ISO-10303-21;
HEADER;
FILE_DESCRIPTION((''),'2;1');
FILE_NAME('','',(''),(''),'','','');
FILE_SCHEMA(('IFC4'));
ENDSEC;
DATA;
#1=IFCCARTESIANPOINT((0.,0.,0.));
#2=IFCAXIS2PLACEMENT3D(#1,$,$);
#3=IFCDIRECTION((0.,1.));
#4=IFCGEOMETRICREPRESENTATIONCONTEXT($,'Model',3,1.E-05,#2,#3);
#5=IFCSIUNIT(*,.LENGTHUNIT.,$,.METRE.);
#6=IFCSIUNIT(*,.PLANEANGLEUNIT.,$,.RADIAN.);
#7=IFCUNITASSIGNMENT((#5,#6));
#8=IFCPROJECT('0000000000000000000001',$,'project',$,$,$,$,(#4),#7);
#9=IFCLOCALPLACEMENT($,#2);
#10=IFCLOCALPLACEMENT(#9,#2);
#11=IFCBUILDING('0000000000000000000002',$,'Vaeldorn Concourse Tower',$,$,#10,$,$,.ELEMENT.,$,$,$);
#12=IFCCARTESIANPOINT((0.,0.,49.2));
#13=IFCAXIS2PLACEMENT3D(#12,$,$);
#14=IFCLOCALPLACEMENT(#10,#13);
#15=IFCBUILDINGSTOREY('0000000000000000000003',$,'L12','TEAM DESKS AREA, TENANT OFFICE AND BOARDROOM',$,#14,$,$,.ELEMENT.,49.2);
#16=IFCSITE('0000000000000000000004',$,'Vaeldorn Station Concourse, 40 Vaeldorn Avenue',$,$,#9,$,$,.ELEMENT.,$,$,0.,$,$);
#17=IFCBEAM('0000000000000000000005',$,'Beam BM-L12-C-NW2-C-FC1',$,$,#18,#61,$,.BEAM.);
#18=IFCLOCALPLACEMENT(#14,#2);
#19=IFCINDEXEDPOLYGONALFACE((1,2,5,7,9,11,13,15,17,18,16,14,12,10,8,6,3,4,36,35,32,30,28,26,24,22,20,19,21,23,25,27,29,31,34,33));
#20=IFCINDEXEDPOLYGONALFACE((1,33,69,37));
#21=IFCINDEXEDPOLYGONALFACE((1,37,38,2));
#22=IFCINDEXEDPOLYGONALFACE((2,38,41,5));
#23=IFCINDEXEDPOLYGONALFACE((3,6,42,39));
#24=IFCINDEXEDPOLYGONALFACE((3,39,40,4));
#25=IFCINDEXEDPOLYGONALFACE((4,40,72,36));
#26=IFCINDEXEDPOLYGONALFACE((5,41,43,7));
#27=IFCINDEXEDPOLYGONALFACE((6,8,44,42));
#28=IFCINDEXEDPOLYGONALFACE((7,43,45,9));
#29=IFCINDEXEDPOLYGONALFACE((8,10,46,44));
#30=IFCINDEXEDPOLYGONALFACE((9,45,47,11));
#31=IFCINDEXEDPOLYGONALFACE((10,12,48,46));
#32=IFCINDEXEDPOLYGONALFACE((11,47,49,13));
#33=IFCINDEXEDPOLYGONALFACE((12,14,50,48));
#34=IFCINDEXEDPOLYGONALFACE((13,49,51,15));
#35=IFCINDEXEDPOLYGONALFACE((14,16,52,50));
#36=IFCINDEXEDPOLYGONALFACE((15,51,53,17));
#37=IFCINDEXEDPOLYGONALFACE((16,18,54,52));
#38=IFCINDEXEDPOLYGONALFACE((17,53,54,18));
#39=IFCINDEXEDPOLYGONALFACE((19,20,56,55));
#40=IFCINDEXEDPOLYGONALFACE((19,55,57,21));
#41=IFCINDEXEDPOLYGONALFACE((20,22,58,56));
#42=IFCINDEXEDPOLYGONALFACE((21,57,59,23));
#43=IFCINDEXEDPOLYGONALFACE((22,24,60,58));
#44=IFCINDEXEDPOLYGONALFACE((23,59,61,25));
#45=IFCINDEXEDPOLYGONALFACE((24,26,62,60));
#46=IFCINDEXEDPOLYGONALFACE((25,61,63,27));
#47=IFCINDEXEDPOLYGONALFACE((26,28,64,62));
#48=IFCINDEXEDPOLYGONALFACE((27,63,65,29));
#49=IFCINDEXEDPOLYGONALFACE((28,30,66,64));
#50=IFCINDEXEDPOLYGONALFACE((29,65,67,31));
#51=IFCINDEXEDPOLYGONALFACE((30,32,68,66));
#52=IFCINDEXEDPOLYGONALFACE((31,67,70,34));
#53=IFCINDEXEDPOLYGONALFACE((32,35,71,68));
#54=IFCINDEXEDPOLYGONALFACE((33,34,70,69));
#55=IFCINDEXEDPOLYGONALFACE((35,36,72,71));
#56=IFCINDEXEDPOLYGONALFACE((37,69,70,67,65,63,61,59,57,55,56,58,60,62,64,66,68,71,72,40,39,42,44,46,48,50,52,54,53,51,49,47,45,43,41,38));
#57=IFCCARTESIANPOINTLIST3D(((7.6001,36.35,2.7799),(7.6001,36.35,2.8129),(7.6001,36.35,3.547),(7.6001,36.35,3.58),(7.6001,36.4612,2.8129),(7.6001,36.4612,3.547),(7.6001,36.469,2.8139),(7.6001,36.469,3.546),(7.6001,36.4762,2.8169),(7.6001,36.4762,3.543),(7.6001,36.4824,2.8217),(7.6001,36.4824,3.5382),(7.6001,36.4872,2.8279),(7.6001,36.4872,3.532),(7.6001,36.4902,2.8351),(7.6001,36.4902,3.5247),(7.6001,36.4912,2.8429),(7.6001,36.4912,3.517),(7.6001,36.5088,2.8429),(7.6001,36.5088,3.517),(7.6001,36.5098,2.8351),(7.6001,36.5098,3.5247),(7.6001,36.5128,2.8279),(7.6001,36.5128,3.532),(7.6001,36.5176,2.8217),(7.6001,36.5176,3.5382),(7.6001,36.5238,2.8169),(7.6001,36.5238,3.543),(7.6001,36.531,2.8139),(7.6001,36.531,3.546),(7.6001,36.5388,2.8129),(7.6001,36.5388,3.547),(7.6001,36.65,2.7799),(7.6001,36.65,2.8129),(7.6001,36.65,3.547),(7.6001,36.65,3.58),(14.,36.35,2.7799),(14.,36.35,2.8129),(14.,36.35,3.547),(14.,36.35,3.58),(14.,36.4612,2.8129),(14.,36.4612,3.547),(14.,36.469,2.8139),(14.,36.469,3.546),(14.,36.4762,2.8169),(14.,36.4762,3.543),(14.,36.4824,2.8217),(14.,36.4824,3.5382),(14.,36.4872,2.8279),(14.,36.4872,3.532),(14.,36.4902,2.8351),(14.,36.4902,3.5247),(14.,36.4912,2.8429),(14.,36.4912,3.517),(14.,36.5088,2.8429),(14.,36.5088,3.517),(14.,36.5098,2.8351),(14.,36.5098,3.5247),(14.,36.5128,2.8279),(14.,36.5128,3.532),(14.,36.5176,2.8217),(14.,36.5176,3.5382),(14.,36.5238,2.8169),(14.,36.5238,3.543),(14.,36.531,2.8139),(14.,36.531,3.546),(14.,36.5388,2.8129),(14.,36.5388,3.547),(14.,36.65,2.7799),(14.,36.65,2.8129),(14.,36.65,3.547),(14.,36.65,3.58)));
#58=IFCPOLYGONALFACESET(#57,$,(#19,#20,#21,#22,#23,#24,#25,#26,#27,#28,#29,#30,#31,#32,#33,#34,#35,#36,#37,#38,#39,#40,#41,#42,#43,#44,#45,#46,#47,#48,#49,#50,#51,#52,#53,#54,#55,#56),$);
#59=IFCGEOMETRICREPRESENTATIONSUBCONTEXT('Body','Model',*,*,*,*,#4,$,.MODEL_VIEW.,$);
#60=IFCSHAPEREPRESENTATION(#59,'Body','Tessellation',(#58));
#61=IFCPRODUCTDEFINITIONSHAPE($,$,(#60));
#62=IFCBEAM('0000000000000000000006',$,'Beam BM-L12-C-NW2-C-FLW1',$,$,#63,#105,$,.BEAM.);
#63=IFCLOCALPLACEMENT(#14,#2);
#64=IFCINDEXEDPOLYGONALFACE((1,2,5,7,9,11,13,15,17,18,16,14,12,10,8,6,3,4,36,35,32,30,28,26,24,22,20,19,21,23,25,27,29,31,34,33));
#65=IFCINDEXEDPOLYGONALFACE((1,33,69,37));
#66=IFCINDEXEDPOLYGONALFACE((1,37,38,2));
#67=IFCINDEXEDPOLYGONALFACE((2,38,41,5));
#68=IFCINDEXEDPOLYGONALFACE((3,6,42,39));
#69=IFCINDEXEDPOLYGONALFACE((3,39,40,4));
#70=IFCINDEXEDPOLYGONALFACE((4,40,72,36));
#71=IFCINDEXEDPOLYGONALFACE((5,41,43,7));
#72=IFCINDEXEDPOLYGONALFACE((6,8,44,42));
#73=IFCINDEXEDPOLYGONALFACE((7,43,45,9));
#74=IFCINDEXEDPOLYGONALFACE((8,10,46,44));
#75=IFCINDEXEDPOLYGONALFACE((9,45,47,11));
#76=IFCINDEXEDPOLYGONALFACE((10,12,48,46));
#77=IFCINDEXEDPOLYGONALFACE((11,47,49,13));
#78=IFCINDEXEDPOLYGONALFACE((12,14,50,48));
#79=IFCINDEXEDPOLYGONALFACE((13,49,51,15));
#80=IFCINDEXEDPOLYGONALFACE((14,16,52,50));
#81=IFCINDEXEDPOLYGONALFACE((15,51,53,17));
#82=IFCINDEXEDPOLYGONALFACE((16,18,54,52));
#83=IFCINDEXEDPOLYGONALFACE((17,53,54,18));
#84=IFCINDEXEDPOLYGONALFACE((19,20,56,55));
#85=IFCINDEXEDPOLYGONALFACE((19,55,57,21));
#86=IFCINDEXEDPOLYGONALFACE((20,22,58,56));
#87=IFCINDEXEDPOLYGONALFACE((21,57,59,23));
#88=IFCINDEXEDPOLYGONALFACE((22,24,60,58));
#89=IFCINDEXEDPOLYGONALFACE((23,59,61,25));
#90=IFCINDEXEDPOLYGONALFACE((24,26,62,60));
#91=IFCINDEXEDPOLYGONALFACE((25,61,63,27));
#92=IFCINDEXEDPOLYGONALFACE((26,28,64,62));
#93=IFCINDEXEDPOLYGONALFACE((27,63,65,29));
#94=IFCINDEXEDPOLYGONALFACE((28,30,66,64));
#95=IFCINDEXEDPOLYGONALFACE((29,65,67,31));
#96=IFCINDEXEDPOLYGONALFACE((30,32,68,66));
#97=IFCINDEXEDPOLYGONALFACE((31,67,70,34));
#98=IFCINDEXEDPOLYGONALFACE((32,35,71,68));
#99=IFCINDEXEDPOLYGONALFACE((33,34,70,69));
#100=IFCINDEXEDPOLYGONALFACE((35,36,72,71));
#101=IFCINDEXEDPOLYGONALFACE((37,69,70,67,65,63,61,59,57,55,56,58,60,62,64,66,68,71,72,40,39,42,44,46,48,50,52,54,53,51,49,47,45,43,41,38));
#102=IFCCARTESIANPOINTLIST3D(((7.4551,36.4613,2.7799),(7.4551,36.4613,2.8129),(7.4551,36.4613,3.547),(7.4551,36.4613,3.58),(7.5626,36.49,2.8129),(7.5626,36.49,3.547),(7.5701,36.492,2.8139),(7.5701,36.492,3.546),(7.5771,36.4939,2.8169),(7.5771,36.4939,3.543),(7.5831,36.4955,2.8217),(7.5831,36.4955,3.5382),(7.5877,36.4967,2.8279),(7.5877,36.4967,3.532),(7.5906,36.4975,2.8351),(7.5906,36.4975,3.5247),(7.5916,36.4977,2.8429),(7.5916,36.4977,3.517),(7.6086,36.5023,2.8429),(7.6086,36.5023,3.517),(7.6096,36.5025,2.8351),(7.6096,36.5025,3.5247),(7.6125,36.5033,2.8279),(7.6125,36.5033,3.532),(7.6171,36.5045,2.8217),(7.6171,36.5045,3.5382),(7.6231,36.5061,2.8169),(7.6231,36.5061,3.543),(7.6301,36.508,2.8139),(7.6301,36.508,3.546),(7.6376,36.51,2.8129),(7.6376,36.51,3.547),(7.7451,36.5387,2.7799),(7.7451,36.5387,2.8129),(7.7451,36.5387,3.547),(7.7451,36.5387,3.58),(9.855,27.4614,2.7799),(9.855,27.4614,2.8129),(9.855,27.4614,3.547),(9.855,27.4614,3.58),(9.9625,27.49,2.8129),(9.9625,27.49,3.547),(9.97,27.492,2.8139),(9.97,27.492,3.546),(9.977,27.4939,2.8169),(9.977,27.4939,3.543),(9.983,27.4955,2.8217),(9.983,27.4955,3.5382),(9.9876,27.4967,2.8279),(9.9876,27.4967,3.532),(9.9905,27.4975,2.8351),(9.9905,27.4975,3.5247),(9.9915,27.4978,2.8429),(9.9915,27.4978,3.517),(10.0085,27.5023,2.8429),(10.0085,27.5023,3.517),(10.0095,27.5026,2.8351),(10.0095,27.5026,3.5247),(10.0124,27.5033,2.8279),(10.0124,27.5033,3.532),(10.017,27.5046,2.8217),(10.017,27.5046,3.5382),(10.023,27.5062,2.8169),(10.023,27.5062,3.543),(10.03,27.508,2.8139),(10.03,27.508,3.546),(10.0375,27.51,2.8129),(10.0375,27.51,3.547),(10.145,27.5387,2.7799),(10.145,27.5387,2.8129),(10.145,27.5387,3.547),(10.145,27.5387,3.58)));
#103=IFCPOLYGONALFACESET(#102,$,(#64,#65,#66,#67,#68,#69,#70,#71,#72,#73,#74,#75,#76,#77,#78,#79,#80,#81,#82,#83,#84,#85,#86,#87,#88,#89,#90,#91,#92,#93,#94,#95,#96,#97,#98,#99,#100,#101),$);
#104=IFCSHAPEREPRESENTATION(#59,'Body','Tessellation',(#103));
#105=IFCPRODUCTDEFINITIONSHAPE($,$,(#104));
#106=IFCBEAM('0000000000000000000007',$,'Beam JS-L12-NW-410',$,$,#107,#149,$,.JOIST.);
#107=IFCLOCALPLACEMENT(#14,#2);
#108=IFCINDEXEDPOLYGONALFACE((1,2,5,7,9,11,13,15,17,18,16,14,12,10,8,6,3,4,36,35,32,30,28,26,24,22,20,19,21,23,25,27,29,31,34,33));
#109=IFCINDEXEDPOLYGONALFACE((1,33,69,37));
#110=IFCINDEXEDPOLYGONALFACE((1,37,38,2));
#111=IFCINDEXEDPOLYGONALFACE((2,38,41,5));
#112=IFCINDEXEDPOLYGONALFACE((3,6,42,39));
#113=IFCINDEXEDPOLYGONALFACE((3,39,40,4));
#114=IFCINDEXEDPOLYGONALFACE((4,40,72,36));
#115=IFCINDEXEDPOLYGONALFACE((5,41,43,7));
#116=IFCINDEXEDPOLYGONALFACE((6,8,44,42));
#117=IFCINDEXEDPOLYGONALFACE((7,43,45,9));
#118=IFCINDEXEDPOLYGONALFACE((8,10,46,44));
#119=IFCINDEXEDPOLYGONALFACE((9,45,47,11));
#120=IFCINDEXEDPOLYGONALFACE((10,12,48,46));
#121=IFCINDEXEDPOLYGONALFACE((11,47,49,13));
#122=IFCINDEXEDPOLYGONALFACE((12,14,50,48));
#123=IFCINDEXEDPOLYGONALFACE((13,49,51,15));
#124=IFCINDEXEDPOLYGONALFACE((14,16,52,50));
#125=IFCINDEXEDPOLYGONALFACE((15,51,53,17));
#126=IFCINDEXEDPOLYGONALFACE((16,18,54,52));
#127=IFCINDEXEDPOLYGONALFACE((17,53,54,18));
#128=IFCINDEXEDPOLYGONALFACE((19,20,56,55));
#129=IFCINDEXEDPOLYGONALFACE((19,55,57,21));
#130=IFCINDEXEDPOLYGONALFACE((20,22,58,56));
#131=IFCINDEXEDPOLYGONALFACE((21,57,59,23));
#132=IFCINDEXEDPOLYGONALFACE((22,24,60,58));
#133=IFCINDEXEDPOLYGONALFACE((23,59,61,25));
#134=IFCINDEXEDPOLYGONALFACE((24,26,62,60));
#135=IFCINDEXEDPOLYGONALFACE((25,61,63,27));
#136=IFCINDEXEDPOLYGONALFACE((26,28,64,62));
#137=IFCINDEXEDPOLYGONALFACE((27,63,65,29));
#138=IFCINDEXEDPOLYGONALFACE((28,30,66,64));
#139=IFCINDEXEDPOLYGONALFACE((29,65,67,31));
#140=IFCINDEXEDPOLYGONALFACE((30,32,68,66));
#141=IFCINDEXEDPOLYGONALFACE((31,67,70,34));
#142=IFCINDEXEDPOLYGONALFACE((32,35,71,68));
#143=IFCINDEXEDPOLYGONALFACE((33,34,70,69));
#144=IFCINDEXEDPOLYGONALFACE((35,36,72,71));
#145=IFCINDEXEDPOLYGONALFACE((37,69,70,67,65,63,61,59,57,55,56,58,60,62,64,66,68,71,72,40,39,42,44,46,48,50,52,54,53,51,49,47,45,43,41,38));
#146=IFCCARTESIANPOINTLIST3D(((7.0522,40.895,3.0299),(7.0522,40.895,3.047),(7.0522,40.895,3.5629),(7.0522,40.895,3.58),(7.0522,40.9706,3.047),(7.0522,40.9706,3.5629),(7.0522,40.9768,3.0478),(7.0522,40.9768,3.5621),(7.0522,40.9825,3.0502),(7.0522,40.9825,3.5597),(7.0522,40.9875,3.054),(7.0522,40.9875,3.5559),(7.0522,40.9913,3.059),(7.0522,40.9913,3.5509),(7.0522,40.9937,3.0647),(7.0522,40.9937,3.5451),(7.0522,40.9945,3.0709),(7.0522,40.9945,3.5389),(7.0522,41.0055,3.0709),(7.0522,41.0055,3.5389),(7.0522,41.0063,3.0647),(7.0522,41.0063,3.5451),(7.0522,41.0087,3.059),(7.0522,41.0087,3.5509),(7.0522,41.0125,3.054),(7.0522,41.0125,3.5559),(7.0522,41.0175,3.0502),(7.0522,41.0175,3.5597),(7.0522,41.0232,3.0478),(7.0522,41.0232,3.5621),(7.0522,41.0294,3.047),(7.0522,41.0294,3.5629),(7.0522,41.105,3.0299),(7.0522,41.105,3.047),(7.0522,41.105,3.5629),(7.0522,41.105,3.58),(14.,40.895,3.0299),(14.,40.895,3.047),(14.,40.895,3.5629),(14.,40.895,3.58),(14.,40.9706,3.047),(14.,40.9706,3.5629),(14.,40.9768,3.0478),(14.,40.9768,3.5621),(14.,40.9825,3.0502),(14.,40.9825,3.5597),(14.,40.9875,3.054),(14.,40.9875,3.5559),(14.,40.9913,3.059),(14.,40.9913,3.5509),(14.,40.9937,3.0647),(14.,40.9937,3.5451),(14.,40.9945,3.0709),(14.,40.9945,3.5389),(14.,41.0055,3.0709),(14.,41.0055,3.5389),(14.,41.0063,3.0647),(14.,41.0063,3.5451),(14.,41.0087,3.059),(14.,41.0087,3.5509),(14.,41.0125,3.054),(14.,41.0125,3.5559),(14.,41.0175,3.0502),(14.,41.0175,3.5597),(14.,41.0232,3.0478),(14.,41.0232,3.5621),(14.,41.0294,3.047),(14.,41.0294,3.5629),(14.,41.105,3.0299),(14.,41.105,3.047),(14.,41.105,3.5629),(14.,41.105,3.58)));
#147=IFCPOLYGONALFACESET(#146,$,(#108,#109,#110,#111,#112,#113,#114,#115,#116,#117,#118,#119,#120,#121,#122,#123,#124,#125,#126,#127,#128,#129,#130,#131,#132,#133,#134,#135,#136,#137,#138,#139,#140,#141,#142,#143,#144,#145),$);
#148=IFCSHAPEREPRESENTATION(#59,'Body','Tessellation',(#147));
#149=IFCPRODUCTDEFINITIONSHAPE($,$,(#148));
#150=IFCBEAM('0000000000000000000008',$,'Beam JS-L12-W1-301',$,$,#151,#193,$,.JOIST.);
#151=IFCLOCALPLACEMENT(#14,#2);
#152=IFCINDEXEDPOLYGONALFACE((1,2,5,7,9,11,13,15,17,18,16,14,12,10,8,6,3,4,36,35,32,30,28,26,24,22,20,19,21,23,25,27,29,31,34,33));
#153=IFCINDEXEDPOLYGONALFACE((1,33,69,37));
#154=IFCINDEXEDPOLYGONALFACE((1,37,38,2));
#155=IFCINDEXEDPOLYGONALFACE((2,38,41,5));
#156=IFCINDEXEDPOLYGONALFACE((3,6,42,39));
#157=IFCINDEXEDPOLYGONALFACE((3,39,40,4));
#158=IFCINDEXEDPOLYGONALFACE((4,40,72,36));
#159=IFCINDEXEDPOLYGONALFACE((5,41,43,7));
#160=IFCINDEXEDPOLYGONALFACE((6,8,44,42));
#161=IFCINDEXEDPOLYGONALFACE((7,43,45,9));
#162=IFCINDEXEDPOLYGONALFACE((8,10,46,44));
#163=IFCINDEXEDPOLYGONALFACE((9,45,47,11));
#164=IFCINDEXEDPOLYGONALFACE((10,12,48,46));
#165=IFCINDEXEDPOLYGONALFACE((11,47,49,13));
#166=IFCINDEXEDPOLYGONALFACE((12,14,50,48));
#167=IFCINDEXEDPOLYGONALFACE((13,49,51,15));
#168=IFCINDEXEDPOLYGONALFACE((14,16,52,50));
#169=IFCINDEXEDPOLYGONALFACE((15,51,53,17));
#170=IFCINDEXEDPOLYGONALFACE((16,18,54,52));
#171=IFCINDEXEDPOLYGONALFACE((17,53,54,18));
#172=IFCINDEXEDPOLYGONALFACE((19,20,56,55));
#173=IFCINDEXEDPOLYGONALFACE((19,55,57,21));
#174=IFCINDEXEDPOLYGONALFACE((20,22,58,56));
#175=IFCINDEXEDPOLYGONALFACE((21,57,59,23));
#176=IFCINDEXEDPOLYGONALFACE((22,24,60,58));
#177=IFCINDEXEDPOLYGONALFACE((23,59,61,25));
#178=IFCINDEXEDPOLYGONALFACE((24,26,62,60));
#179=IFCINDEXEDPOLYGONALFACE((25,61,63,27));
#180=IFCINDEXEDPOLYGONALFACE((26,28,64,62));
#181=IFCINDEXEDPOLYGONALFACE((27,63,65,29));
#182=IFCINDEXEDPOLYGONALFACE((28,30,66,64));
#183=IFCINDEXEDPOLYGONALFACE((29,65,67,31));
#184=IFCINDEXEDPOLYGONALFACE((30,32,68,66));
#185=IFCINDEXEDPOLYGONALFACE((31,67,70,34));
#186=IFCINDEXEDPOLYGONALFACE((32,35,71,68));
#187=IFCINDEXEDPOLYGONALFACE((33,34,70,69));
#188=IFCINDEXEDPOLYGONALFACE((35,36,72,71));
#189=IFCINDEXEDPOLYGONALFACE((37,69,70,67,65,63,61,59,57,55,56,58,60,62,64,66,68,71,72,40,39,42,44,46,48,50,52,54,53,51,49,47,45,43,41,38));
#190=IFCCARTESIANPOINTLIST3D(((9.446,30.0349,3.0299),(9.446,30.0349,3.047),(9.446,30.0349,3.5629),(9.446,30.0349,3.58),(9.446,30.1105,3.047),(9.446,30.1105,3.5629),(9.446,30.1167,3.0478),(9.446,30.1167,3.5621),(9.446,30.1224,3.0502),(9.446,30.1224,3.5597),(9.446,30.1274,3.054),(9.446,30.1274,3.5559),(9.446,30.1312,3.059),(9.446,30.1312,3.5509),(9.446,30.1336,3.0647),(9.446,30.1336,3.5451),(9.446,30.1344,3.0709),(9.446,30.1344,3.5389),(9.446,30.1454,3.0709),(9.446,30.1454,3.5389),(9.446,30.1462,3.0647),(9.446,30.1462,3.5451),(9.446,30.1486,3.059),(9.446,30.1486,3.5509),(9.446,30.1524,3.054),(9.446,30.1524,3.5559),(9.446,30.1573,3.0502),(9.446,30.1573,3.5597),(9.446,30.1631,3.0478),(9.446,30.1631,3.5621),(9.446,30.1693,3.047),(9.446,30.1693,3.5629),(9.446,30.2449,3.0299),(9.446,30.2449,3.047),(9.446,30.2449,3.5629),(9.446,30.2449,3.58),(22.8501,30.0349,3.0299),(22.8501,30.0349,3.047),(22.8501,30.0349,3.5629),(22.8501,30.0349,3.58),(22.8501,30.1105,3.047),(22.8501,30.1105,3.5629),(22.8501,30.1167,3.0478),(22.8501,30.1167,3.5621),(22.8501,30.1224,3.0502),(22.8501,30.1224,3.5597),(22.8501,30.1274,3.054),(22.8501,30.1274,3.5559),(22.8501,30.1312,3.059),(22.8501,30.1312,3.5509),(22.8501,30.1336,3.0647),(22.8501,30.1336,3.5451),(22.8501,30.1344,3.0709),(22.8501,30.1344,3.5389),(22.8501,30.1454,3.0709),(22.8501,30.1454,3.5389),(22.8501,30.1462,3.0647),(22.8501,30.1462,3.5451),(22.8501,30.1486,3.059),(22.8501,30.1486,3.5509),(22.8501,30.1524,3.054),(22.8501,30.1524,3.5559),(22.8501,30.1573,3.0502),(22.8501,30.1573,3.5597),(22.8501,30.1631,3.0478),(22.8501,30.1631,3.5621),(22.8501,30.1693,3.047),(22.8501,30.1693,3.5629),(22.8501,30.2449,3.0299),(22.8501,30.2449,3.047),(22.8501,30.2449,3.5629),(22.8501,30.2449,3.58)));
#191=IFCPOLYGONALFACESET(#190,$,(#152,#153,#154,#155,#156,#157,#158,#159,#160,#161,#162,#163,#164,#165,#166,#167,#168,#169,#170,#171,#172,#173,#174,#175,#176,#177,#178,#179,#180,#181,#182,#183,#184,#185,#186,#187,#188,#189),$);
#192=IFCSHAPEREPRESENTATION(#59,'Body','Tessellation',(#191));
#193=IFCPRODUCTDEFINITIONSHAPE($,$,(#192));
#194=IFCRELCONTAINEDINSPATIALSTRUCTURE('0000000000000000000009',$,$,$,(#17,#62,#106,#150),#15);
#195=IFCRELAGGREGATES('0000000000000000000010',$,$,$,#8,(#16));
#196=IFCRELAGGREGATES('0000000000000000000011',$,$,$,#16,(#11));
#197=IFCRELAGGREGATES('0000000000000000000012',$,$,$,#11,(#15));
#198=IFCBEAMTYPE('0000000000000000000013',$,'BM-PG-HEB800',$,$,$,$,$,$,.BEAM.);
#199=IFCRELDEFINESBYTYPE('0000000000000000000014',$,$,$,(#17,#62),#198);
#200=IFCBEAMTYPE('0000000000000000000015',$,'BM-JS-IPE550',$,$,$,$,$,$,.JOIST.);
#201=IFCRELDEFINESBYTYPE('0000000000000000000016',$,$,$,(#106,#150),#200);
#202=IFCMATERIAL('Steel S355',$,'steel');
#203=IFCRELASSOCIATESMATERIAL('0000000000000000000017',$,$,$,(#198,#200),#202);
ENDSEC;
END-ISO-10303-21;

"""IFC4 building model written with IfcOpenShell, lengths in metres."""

from ifc_helpers import new_model, si_unit, direction, frame, origin, origin_2d, place, context, subcontext, project, spatial, i_section, extrude, source, transform, mapped, material, material_profile, profile_set, type_object, element, save


model = new_model("IFC4")

# Units and contexts
model_context = context("Model", 3, precision=1e-05, world=origin(), true_north=direction((0.0, 1.0)))
body_context = subcontext(model_context, "Body", "Model", "MODEL_VIEW")
ifc_project = project(units=[si_unit("LENGTHUNIT", "METRE"), si_unit("PLANEANGLEUNIT", "RADIAN")], contexts=[model_context])

# Site, building, storey
site_placement = place(None, origin())
site = spatial("IfcSite", under=ifc_project, at=site_placement, Name="Vaeldorn Station Concourse, 40 Vaeldorn Avenue", CompositionType="ELEMENT", RefElevation=0.0)
building_placement = place(site_placement, origin())
building = spatial("IfcBuilding", under=site, at=building_placement, Name="Vaeldorn Concourse Tower", CompositionType="ELEMENT")
storey_placement = place(building_placement, frame((0.0, 0.0, 49.2)))
storey = spatial("IfcBuildingStorey", under=building, at=storey_placement, Name="L12", Description="TEAM DESKS AREA, TENANT OFFICE AND BOARDROOM", CompositionType="ELEMENT", Elevation=49.2)

# Beams
ifc_material_1 = material(Name="Steel S355", Category="steel")
ifc_material_profile_1 = material_profile(ifc_material_1, i_section(OverallWidth=0.3, OverallDepth=0.8, WebThickness=0.0176, FlangeThickness=0.033, FilletRadius=0.03, at=origin_2d()), Name="HEB 800")
ifc_profile_set_1 = profile_set([ifc_material_profile_1], Name="Steel S355")
beam_type_1 = type_object("IfcBeamType", Name="BM-PG-HEB800", PredefinedType="BEAM", material=ifc_profile_set_1)
shared_shape_1 = source(origin(), body_context, "Body", "SweptSolid", [
    extrude(i_section(OverallWidth=0.3, OverallDepth=0.8, WebThickness=0.0176, FlangeThickness=0.033, FilletRadius=0.03, at=origin_2d()), origin(), (0.0, 0.0, 1.0), 6.3999),
])
beam_1_placement = place(storey_placement, frame((7.6001, 36.5, 3.1799), z_axis=(1.0, 0.0, 0.0), x_axis=(0.0, 1.0, 0.0)))
element("IfcBeam", 1, at=beam_1_placement, inside=storey, type_object=beam_type_1, Name="Beam BM-L12-C-NW2-C-FC1", PredefinedType="BEAM", context=body_context, shape_type="MappedRepresentation", body=[
    mapped(shared_shape_1, transform((0.0, 0.0, 0.0), scale=1.0)),
])
shared_shape_2 = source(origin(), body_context, "Body", "SweptSolid", [
    extrude(i_section(OverallWidth=0.3, OverallDepth=0.8, WebThickness=0.0176, FlangeThickness=0.033, FilletRadius=0.03, at=origin_2d()), origin(), (0.0, 0.0, 1.0), 9.3145),
])
beam_2_placement = place(storey_placement, frame((7.6001, 36.5, 3.1799), z_axis=(0.257653, -0.966238, 0.0), x_axis=(0.966238, 0.257653, 0.0)))
element("IfcBeam", 2, at=beam_2_placement, inside=storey, type_object=beam_type_1, Name="Beam BM-L12-C-NW2-C-FLW1", PredefinedType="BEAM", context=body_context, shape_type="MappedRepresentation", body=[
    mapped(shared_shape_2, transform((0.0, 0.0, 0.0), scale=1.0)),
])
ifc_material_profile_2 = material_profile(ifc_material_1, i_section(OverallWidth=0.21, OverallDepth=0.55, WebThickness=0.011, FlangeThickness=0.0171, FilletRadius=0.0239, at=origin_2d()), Name="IPE 550")
ifc_profile_set_2 = profile_set([ifc_material_profile_2], Name="Steel S355")
beam_type_2 = type_object("IfcBeamType", Name="BM-JS-IPE550", PredefinedType="JOIST", material=ifc_profile_set_2)
shared_shape_3 = source(origin(), body_context, "Body", "SweptSolid", [
    extrude(i_section(OverallWidth=0.21, OverallDepth=0.55, WebThickness=0.011, FlangeThickness=0.0171, FilletRadius=0.0239, at=origin_2d()), origin(), (0.0, 0.0, 1.0), 6.9478),
])
beam_3_placement = place(storey_placement, frame((7.0522, 41.0, 3.3049), z_axis=(1.0, 0.0, 0.0), x_axis=(0.0, 1.0, 0.0)))
element("IfcBeam", 3, at=beam_3_placement, inside=storey, type_object=beam_type_2, Name="Beam JS-L12-NW-410", PredefinedType="JOIST", context=body_context, shape_type="MappedRepresentation", body=[
    mapped(shared_shape_3, transform((0.0, 0.0, 0.0), scale=1.0)),
])
shared_shape_4 = source(origin(), body_context, "Body", "SweptSolid", [
    extrude(i_section(OverallWidth=0.21, OverallDepth=0.55, WebThickness=0.011, FlangeThickness=0.0171, FilletRadius=0.0239, at=origin_2d()), origin(), (0.0, 0.0, 1.0), 13.4041),
])
beam_4_placement = place(storey_placement, frame((9.446, 30.1399, 3.3049), z_axis=(1.0, 0.0, 0.0), x_axis=(0.0, 1.0, 0.0)))
element("IfcBeam", 4, at=beam_4_placement, inside=storey, type_object=beam_type_2, Name="Beam JS-L12-W1-301", PredefinedType="JOIST", context=body_context, shape_type="MappedRepresentation", body=[
    mapped(shared_shape_4, transform((0.0, 0.0, 0.0), scale=1.0)),
])

save(model, "model.ifc")
